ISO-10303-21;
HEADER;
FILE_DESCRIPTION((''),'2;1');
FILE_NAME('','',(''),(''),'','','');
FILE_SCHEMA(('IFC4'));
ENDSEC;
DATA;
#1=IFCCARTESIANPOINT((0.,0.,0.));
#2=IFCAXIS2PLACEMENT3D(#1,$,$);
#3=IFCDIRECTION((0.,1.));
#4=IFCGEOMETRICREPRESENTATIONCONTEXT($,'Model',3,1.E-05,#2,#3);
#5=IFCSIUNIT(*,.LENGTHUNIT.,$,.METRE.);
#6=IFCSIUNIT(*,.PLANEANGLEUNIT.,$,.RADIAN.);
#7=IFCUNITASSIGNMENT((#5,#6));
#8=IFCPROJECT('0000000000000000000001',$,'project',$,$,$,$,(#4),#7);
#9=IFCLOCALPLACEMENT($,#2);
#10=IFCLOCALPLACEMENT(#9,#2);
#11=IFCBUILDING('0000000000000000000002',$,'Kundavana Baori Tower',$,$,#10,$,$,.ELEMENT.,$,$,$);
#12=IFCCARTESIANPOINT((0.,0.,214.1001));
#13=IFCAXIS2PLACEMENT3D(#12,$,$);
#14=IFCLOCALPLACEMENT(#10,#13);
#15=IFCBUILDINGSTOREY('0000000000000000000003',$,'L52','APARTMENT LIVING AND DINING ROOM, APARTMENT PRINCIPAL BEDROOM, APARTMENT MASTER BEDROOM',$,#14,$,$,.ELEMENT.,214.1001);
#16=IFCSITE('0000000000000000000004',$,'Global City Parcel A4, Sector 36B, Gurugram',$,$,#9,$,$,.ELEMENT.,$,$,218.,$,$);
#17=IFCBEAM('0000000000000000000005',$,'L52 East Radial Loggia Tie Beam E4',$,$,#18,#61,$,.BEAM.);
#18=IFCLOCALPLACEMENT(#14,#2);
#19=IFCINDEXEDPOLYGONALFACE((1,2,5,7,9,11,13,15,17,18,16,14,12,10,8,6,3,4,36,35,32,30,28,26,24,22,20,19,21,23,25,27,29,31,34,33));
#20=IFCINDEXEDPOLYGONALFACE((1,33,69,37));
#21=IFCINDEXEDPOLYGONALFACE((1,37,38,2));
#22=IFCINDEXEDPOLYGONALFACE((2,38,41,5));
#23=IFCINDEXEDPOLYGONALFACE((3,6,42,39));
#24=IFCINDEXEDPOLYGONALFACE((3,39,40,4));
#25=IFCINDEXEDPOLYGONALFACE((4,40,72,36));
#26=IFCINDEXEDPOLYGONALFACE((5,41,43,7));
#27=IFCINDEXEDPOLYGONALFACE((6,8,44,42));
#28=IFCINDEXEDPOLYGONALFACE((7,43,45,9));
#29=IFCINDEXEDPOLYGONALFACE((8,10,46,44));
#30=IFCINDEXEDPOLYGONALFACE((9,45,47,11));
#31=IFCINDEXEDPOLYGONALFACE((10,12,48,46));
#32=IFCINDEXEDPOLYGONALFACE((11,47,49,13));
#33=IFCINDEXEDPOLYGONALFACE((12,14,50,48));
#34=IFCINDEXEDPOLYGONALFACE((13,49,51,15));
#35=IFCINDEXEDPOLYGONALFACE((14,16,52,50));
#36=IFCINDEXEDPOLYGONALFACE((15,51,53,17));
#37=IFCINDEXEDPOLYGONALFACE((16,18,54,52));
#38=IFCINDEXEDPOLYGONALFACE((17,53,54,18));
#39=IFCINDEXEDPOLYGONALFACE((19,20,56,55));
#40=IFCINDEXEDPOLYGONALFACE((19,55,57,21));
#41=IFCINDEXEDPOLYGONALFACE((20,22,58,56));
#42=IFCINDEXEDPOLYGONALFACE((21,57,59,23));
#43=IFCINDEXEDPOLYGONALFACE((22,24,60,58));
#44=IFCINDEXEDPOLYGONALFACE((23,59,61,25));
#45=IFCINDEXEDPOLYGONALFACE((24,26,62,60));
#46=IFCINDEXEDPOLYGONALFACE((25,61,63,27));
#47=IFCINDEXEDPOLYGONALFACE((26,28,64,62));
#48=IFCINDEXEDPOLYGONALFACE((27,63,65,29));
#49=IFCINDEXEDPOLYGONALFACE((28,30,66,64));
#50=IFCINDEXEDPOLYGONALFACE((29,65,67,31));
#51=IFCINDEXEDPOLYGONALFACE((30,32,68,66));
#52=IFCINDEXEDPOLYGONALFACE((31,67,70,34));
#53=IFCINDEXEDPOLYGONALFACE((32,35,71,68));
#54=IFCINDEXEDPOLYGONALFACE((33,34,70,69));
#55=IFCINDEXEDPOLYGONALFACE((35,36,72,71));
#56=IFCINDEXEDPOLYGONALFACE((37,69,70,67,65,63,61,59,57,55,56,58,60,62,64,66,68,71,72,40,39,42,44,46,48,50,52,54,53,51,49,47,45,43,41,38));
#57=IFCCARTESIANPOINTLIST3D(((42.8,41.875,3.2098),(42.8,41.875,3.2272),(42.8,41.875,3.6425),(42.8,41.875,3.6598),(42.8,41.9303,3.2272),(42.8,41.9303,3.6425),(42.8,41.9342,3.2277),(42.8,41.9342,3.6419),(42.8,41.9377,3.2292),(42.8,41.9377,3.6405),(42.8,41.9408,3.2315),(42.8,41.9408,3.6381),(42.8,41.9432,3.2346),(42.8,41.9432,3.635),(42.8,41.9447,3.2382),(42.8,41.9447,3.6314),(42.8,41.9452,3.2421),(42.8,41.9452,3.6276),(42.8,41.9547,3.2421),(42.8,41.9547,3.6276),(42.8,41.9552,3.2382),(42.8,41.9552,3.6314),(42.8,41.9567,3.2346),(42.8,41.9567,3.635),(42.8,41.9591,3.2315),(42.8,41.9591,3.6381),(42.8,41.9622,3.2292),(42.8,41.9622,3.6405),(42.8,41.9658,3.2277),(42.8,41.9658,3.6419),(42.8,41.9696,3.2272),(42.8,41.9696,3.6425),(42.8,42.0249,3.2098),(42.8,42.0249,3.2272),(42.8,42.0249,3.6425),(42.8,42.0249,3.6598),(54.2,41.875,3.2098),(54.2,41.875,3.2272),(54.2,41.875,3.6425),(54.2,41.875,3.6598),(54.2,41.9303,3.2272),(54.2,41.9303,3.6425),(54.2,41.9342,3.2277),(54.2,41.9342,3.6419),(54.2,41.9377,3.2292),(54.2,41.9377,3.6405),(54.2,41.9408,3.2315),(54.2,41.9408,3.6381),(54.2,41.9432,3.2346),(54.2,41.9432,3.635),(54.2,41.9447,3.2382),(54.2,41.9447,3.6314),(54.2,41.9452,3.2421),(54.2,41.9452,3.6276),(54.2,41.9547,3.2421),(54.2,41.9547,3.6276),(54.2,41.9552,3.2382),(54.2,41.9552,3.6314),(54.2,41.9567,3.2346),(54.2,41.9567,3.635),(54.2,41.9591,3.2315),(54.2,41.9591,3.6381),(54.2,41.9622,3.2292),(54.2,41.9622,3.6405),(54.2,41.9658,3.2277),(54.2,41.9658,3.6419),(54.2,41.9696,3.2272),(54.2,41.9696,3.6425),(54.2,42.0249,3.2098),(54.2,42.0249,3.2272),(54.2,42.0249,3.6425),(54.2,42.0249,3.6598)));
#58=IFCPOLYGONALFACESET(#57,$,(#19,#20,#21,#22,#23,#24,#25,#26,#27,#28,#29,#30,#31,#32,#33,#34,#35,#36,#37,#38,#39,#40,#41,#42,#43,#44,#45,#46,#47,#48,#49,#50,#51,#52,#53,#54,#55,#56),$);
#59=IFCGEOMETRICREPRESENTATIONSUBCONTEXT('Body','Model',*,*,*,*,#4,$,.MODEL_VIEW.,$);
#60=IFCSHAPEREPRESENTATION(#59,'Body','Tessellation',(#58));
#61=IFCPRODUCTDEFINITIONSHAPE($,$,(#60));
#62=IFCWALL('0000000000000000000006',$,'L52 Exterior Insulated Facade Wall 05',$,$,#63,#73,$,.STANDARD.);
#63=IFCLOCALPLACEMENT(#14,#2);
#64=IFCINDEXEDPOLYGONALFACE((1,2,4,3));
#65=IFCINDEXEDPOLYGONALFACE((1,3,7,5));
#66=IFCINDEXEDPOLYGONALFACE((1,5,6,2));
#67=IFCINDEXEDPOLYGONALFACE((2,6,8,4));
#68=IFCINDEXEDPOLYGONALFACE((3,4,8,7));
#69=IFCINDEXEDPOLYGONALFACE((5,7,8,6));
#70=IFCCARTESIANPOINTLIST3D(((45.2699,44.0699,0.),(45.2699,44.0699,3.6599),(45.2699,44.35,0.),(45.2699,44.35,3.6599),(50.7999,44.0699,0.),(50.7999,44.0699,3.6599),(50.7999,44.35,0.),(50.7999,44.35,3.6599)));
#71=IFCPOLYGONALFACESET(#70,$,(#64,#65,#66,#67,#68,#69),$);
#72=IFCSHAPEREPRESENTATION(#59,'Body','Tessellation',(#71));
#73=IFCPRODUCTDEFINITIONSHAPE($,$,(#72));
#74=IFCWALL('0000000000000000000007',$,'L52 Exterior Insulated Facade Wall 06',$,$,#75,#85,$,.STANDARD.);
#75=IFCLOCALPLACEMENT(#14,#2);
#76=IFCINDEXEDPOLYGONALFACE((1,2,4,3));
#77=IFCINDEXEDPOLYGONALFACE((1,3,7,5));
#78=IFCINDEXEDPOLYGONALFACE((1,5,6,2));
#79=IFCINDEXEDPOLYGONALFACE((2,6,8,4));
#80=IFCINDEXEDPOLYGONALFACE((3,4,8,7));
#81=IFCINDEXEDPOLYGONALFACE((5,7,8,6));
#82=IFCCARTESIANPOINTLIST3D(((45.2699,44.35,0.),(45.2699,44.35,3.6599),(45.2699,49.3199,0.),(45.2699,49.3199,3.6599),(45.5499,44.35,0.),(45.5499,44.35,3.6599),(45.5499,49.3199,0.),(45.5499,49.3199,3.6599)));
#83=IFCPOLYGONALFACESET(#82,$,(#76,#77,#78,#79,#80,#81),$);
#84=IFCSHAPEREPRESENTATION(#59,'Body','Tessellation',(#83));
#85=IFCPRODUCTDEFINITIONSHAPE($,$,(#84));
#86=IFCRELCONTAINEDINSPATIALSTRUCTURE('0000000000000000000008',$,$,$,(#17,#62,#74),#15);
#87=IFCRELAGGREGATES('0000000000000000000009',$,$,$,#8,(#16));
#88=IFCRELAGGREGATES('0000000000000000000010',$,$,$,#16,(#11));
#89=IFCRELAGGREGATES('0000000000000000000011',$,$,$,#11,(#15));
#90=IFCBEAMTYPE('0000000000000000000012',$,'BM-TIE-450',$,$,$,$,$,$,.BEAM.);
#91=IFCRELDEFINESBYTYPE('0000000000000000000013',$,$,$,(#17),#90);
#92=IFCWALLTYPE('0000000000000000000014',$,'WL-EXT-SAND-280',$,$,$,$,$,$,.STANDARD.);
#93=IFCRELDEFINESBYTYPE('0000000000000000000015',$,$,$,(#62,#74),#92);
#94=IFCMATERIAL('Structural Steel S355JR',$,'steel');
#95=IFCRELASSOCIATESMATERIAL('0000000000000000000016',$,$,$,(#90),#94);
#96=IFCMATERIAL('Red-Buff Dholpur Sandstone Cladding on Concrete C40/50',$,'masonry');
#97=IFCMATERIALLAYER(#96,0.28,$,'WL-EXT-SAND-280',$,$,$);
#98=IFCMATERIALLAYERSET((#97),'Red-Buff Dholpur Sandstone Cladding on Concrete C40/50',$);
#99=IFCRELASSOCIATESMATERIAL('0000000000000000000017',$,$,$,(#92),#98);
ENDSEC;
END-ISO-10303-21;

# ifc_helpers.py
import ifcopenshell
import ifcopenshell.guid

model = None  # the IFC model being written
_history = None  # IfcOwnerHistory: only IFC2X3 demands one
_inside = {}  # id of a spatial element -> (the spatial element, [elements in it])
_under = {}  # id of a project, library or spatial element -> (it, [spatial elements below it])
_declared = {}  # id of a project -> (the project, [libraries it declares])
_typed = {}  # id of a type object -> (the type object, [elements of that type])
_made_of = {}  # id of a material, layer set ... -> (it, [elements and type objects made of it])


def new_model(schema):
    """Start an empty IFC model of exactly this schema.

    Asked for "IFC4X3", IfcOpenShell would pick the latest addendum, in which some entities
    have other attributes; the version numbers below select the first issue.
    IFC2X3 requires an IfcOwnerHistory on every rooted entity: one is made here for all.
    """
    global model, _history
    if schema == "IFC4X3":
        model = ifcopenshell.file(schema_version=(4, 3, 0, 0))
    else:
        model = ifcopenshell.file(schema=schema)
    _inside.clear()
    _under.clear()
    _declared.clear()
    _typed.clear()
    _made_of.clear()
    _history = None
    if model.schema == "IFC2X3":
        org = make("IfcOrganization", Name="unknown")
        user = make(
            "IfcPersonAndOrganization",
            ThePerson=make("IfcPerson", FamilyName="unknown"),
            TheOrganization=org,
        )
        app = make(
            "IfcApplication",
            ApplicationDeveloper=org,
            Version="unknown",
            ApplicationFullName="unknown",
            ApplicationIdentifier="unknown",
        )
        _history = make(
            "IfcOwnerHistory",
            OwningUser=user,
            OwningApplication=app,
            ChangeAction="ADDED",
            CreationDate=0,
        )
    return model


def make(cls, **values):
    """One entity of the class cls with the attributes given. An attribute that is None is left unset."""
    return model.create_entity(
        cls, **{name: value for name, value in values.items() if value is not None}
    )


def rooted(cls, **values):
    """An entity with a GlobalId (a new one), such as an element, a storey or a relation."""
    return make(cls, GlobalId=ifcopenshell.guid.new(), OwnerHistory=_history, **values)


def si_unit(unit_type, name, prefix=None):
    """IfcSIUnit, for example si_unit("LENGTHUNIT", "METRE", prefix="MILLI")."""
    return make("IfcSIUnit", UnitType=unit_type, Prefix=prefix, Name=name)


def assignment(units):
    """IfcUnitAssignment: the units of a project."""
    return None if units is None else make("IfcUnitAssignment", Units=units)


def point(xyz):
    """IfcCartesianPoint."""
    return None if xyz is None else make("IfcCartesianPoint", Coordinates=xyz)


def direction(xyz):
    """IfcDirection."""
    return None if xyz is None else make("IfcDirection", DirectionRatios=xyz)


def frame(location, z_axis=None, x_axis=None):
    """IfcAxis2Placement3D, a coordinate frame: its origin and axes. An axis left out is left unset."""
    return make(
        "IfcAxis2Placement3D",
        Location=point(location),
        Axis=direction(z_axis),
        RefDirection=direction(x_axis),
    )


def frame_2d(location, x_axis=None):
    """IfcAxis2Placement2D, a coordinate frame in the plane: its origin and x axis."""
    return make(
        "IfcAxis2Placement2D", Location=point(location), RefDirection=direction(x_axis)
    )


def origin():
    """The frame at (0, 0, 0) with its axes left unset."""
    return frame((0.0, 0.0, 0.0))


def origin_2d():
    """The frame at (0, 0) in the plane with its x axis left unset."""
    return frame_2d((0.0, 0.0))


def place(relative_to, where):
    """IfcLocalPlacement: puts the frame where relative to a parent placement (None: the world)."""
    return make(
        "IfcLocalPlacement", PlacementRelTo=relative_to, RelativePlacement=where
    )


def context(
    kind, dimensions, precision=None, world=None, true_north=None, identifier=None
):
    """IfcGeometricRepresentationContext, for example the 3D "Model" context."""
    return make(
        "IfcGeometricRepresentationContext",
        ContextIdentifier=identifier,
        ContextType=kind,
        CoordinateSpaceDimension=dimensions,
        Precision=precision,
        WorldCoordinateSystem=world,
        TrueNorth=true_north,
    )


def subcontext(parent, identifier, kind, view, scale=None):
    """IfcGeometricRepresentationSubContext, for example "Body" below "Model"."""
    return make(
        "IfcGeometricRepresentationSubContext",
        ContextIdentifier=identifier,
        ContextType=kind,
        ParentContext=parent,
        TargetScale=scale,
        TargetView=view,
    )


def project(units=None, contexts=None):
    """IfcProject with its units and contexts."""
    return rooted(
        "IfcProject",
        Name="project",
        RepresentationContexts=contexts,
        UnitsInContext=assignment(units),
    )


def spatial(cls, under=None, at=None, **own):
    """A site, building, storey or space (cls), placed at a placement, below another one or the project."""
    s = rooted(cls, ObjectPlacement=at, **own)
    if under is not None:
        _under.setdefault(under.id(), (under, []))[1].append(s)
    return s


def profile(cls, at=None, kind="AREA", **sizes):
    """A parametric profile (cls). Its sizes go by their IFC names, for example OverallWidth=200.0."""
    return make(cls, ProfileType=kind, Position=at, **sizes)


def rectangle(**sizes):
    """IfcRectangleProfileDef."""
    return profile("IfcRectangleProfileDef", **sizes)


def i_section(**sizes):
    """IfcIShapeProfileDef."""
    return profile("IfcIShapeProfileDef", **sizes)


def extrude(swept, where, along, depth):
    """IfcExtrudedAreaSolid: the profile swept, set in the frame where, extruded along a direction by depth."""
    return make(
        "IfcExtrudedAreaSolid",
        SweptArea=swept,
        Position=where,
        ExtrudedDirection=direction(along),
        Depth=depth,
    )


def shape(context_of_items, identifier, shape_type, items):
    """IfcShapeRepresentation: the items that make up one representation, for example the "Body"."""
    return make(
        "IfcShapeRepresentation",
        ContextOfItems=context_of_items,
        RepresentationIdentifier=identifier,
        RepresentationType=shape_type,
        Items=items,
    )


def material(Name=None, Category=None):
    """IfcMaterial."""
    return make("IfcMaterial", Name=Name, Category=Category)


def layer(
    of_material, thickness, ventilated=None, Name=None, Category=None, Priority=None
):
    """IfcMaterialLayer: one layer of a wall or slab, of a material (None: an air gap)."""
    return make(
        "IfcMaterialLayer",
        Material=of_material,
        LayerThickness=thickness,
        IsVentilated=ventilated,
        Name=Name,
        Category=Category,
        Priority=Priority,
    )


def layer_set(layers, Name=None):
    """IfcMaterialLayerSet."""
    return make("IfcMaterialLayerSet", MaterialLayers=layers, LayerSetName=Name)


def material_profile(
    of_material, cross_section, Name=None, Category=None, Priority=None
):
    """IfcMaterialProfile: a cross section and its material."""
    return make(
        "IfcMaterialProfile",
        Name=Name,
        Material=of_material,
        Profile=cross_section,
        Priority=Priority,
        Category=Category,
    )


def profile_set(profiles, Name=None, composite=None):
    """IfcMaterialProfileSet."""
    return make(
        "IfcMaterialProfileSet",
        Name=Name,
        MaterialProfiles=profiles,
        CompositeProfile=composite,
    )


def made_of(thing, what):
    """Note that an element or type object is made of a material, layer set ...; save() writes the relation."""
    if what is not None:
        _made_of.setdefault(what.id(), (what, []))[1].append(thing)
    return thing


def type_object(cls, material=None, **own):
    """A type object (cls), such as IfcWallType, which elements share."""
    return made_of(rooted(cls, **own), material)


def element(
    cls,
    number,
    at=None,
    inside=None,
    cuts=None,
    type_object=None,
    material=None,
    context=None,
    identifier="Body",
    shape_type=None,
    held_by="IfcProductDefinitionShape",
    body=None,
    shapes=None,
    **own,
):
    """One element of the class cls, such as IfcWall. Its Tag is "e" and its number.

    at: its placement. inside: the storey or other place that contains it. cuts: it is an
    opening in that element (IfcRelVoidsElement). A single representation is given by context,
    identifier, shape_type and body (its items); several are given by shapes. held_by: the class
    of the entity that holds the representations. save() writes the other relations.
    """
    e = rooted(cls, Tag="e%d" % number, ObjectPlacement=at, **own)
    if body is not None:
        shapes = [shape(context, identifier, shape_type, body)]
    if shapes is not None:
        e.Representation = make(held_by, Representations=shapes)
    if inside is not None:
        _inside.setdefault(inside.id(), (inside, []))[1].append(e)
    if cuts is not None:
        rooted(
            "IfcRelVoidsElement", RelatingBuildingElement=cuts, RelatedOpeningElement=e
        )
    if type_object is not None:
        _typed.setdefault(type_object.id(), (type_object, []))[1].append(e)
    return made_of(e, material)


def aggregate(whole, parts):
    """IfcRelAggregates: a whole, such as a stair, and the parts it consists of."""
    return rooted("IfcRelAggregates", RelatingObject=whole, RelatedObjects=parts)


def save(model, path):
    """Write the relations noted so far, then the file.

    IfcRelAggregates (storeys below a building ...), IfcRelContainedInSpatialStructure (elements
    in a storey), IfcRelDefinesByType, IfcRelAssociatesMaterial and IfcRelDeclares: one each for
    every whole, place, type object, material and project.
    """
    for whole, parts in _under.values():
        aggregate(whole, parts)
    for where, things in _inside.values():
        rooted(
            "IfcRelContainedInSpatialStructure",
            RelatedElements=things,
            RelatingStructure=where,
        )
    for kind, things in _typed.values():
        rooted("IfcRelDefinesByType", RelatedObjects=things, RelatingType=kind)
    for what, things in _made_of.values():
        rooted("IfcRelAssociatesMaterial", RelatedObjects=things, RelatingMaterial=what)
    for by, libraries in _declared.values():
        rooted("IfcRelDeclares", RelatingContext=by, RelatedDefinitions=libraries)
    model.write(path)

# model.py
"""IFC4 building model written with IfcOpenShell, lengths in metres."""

from ifc_helpers import new_model, si_unit, direction, frame, frame_2d, origin, origin_2d, place, context, subcontext, project, spatial, rectangle, i_section, extrude, material, layer, layer_set, material_profile, profile_set, type_object, element, save


model = new_model("IFC4")

# Units and contexts
model_context = context("Model", 3, precision=1e-05, world=origin(), true_north=direction((0.0, 1.0)))
body_context = subcontext(model_context, "Body", "Model", "MODEL_VIEW")
ifc_project = project(units=[si_unit("LENGTHUNIT", "METRE"), si_unit("PLANEANGLEUNIT", "RADIAN")], contexts=[model_context])

# Site, building, storey
site_placement = place(None, origin())
site = spatial("IfcSite", under=ifc_project, at=site_placement, Name="Global City Parcel A4, Sector 36B, Gurugram", CompositionType="ELEMENT", RefElevation=218.0)
building_placement = place(site_placement, origin())
building = spatial("IfcBuilding", under=site, at=building_placement, Name="Kundavana Baori Tower", CompositionType="ELEMENT")
storey_placement = place(building_placement, frame((0.0, 0.0, 214.1001)))
storey = spatial("IfcBuildingStorey", under=building, at=storey_placement, Name="L52", Description="APARTMENT LIVING AND DINING ROOM, APARTMENT PRINCIPAL BEDROOM, APARTMENT MASTER BEDROOM", CompositionType="ELEMENT", Elevation=214.1001)

# Beam
ifc_material_1 = material(Name="Structural Steel S355JR", Category="steel")
ifc_material_profile_1 = material_profile(ifc_material_1, i_section(OverallWidth=0.1499, OverallDepth=0.45, WebThickness=0.0095, FlangeThickness=0.0173, FilletRadius=0.0149, at=origin_2d()), Name="ISMB 450")
ifc_profile_set_1 = profile_set([ifc_material_profile_1], Name="Structural Steel S355JR")
beam_type_1 = type_object("IfcBeamType", Name="BM-TIE-450", PredefinedType="BEAM", material=ifc_profile_set_1)
beam_1_placement = place(storey_placement, frame((42.8, 41.95, 3.4348), z_axis=(1.0, 0.0, 0.0), x_axis=(0.0, 1.0, 0.0)))
element("IfcBeam", 1, at=beam_1_placement, inside=storey, type_object=beam_type_1, Name="L52 East Radial Loggia Tie Beam E4", PredefinedType="BEAM", context=body_context, shape_type="SweptSolid", body=[
    extrude(i_section(OverallWidth=0.1499, OverallDepth=0.45, WebThickness=0.0095, FlangeThickness=0.0173, FilletRadius=0.0149, at=origin_2d()), origin(), (0.0, 0.0, 1.0), 11.3999),
])

# Walls
ifc_material_2 = material(Name="Red-Buff Dholpur Sandstone Cladding on Concrete C40/50", Category="masonry")
ifc_layer_1 = layer(ifc_material_2, 0.28, Name="WL-EXT-SAND-280")
ifc_layer_set_1 = layer_set([ifc_layer_1], Name="Red-Buff Dholpur Sandstone Cladding on Concrete C40/50")
wall_type_1 = type_object("IfcWallType", Name="WL-EXT-SAND-280", PredefinedType="STANDARD", material=ifc_layer_set_1)
wall_1_placement = place(storey_placement, frame((50.8, 44.21, 0.0), z_axis=(0.0, 0.0, 1.0), x_axis=(-1.0, 0.0, 0.0)))
element("IfcWall", 2, at=wall_1_placement, inside=storey, type_object=wall_type_1, Name="L52 Exterior Insulated Facade Wall 05", PredefinedType="STANDARD", context=body_context, shape_type="SweptSolid", body=[
    extrude(rectangle(XDim=5.53, YDim=0.28, at=frame_2d((2.7651, 0.0))), origin(), (0.0, 0.0, 1.0), 3.6599),
])
wall_2_placement = place(storey_placement, frame((45.4099, 44.3501, 0.0), z_axis=(0.0, 0.0, 1.0), x_axis=(0.0, 1.0, 0.0)))
element("IfcWall", 3, at=wall_2_placement, inside=storey, type_object=wall_type_1, Name="L52 Exterior Insulated Facade Wall 06", PredefinedType="STANDARD", context=body_context, shape_type="SweptSolid", body=[
    extrude(rectangle(XDim=4.97, YDim=0.28, at=frame_2d((2.4849, 0.0))), origin(), (0.0, 0.0, 1.0), 3.6599),
])

save(model, "model.ifc")
